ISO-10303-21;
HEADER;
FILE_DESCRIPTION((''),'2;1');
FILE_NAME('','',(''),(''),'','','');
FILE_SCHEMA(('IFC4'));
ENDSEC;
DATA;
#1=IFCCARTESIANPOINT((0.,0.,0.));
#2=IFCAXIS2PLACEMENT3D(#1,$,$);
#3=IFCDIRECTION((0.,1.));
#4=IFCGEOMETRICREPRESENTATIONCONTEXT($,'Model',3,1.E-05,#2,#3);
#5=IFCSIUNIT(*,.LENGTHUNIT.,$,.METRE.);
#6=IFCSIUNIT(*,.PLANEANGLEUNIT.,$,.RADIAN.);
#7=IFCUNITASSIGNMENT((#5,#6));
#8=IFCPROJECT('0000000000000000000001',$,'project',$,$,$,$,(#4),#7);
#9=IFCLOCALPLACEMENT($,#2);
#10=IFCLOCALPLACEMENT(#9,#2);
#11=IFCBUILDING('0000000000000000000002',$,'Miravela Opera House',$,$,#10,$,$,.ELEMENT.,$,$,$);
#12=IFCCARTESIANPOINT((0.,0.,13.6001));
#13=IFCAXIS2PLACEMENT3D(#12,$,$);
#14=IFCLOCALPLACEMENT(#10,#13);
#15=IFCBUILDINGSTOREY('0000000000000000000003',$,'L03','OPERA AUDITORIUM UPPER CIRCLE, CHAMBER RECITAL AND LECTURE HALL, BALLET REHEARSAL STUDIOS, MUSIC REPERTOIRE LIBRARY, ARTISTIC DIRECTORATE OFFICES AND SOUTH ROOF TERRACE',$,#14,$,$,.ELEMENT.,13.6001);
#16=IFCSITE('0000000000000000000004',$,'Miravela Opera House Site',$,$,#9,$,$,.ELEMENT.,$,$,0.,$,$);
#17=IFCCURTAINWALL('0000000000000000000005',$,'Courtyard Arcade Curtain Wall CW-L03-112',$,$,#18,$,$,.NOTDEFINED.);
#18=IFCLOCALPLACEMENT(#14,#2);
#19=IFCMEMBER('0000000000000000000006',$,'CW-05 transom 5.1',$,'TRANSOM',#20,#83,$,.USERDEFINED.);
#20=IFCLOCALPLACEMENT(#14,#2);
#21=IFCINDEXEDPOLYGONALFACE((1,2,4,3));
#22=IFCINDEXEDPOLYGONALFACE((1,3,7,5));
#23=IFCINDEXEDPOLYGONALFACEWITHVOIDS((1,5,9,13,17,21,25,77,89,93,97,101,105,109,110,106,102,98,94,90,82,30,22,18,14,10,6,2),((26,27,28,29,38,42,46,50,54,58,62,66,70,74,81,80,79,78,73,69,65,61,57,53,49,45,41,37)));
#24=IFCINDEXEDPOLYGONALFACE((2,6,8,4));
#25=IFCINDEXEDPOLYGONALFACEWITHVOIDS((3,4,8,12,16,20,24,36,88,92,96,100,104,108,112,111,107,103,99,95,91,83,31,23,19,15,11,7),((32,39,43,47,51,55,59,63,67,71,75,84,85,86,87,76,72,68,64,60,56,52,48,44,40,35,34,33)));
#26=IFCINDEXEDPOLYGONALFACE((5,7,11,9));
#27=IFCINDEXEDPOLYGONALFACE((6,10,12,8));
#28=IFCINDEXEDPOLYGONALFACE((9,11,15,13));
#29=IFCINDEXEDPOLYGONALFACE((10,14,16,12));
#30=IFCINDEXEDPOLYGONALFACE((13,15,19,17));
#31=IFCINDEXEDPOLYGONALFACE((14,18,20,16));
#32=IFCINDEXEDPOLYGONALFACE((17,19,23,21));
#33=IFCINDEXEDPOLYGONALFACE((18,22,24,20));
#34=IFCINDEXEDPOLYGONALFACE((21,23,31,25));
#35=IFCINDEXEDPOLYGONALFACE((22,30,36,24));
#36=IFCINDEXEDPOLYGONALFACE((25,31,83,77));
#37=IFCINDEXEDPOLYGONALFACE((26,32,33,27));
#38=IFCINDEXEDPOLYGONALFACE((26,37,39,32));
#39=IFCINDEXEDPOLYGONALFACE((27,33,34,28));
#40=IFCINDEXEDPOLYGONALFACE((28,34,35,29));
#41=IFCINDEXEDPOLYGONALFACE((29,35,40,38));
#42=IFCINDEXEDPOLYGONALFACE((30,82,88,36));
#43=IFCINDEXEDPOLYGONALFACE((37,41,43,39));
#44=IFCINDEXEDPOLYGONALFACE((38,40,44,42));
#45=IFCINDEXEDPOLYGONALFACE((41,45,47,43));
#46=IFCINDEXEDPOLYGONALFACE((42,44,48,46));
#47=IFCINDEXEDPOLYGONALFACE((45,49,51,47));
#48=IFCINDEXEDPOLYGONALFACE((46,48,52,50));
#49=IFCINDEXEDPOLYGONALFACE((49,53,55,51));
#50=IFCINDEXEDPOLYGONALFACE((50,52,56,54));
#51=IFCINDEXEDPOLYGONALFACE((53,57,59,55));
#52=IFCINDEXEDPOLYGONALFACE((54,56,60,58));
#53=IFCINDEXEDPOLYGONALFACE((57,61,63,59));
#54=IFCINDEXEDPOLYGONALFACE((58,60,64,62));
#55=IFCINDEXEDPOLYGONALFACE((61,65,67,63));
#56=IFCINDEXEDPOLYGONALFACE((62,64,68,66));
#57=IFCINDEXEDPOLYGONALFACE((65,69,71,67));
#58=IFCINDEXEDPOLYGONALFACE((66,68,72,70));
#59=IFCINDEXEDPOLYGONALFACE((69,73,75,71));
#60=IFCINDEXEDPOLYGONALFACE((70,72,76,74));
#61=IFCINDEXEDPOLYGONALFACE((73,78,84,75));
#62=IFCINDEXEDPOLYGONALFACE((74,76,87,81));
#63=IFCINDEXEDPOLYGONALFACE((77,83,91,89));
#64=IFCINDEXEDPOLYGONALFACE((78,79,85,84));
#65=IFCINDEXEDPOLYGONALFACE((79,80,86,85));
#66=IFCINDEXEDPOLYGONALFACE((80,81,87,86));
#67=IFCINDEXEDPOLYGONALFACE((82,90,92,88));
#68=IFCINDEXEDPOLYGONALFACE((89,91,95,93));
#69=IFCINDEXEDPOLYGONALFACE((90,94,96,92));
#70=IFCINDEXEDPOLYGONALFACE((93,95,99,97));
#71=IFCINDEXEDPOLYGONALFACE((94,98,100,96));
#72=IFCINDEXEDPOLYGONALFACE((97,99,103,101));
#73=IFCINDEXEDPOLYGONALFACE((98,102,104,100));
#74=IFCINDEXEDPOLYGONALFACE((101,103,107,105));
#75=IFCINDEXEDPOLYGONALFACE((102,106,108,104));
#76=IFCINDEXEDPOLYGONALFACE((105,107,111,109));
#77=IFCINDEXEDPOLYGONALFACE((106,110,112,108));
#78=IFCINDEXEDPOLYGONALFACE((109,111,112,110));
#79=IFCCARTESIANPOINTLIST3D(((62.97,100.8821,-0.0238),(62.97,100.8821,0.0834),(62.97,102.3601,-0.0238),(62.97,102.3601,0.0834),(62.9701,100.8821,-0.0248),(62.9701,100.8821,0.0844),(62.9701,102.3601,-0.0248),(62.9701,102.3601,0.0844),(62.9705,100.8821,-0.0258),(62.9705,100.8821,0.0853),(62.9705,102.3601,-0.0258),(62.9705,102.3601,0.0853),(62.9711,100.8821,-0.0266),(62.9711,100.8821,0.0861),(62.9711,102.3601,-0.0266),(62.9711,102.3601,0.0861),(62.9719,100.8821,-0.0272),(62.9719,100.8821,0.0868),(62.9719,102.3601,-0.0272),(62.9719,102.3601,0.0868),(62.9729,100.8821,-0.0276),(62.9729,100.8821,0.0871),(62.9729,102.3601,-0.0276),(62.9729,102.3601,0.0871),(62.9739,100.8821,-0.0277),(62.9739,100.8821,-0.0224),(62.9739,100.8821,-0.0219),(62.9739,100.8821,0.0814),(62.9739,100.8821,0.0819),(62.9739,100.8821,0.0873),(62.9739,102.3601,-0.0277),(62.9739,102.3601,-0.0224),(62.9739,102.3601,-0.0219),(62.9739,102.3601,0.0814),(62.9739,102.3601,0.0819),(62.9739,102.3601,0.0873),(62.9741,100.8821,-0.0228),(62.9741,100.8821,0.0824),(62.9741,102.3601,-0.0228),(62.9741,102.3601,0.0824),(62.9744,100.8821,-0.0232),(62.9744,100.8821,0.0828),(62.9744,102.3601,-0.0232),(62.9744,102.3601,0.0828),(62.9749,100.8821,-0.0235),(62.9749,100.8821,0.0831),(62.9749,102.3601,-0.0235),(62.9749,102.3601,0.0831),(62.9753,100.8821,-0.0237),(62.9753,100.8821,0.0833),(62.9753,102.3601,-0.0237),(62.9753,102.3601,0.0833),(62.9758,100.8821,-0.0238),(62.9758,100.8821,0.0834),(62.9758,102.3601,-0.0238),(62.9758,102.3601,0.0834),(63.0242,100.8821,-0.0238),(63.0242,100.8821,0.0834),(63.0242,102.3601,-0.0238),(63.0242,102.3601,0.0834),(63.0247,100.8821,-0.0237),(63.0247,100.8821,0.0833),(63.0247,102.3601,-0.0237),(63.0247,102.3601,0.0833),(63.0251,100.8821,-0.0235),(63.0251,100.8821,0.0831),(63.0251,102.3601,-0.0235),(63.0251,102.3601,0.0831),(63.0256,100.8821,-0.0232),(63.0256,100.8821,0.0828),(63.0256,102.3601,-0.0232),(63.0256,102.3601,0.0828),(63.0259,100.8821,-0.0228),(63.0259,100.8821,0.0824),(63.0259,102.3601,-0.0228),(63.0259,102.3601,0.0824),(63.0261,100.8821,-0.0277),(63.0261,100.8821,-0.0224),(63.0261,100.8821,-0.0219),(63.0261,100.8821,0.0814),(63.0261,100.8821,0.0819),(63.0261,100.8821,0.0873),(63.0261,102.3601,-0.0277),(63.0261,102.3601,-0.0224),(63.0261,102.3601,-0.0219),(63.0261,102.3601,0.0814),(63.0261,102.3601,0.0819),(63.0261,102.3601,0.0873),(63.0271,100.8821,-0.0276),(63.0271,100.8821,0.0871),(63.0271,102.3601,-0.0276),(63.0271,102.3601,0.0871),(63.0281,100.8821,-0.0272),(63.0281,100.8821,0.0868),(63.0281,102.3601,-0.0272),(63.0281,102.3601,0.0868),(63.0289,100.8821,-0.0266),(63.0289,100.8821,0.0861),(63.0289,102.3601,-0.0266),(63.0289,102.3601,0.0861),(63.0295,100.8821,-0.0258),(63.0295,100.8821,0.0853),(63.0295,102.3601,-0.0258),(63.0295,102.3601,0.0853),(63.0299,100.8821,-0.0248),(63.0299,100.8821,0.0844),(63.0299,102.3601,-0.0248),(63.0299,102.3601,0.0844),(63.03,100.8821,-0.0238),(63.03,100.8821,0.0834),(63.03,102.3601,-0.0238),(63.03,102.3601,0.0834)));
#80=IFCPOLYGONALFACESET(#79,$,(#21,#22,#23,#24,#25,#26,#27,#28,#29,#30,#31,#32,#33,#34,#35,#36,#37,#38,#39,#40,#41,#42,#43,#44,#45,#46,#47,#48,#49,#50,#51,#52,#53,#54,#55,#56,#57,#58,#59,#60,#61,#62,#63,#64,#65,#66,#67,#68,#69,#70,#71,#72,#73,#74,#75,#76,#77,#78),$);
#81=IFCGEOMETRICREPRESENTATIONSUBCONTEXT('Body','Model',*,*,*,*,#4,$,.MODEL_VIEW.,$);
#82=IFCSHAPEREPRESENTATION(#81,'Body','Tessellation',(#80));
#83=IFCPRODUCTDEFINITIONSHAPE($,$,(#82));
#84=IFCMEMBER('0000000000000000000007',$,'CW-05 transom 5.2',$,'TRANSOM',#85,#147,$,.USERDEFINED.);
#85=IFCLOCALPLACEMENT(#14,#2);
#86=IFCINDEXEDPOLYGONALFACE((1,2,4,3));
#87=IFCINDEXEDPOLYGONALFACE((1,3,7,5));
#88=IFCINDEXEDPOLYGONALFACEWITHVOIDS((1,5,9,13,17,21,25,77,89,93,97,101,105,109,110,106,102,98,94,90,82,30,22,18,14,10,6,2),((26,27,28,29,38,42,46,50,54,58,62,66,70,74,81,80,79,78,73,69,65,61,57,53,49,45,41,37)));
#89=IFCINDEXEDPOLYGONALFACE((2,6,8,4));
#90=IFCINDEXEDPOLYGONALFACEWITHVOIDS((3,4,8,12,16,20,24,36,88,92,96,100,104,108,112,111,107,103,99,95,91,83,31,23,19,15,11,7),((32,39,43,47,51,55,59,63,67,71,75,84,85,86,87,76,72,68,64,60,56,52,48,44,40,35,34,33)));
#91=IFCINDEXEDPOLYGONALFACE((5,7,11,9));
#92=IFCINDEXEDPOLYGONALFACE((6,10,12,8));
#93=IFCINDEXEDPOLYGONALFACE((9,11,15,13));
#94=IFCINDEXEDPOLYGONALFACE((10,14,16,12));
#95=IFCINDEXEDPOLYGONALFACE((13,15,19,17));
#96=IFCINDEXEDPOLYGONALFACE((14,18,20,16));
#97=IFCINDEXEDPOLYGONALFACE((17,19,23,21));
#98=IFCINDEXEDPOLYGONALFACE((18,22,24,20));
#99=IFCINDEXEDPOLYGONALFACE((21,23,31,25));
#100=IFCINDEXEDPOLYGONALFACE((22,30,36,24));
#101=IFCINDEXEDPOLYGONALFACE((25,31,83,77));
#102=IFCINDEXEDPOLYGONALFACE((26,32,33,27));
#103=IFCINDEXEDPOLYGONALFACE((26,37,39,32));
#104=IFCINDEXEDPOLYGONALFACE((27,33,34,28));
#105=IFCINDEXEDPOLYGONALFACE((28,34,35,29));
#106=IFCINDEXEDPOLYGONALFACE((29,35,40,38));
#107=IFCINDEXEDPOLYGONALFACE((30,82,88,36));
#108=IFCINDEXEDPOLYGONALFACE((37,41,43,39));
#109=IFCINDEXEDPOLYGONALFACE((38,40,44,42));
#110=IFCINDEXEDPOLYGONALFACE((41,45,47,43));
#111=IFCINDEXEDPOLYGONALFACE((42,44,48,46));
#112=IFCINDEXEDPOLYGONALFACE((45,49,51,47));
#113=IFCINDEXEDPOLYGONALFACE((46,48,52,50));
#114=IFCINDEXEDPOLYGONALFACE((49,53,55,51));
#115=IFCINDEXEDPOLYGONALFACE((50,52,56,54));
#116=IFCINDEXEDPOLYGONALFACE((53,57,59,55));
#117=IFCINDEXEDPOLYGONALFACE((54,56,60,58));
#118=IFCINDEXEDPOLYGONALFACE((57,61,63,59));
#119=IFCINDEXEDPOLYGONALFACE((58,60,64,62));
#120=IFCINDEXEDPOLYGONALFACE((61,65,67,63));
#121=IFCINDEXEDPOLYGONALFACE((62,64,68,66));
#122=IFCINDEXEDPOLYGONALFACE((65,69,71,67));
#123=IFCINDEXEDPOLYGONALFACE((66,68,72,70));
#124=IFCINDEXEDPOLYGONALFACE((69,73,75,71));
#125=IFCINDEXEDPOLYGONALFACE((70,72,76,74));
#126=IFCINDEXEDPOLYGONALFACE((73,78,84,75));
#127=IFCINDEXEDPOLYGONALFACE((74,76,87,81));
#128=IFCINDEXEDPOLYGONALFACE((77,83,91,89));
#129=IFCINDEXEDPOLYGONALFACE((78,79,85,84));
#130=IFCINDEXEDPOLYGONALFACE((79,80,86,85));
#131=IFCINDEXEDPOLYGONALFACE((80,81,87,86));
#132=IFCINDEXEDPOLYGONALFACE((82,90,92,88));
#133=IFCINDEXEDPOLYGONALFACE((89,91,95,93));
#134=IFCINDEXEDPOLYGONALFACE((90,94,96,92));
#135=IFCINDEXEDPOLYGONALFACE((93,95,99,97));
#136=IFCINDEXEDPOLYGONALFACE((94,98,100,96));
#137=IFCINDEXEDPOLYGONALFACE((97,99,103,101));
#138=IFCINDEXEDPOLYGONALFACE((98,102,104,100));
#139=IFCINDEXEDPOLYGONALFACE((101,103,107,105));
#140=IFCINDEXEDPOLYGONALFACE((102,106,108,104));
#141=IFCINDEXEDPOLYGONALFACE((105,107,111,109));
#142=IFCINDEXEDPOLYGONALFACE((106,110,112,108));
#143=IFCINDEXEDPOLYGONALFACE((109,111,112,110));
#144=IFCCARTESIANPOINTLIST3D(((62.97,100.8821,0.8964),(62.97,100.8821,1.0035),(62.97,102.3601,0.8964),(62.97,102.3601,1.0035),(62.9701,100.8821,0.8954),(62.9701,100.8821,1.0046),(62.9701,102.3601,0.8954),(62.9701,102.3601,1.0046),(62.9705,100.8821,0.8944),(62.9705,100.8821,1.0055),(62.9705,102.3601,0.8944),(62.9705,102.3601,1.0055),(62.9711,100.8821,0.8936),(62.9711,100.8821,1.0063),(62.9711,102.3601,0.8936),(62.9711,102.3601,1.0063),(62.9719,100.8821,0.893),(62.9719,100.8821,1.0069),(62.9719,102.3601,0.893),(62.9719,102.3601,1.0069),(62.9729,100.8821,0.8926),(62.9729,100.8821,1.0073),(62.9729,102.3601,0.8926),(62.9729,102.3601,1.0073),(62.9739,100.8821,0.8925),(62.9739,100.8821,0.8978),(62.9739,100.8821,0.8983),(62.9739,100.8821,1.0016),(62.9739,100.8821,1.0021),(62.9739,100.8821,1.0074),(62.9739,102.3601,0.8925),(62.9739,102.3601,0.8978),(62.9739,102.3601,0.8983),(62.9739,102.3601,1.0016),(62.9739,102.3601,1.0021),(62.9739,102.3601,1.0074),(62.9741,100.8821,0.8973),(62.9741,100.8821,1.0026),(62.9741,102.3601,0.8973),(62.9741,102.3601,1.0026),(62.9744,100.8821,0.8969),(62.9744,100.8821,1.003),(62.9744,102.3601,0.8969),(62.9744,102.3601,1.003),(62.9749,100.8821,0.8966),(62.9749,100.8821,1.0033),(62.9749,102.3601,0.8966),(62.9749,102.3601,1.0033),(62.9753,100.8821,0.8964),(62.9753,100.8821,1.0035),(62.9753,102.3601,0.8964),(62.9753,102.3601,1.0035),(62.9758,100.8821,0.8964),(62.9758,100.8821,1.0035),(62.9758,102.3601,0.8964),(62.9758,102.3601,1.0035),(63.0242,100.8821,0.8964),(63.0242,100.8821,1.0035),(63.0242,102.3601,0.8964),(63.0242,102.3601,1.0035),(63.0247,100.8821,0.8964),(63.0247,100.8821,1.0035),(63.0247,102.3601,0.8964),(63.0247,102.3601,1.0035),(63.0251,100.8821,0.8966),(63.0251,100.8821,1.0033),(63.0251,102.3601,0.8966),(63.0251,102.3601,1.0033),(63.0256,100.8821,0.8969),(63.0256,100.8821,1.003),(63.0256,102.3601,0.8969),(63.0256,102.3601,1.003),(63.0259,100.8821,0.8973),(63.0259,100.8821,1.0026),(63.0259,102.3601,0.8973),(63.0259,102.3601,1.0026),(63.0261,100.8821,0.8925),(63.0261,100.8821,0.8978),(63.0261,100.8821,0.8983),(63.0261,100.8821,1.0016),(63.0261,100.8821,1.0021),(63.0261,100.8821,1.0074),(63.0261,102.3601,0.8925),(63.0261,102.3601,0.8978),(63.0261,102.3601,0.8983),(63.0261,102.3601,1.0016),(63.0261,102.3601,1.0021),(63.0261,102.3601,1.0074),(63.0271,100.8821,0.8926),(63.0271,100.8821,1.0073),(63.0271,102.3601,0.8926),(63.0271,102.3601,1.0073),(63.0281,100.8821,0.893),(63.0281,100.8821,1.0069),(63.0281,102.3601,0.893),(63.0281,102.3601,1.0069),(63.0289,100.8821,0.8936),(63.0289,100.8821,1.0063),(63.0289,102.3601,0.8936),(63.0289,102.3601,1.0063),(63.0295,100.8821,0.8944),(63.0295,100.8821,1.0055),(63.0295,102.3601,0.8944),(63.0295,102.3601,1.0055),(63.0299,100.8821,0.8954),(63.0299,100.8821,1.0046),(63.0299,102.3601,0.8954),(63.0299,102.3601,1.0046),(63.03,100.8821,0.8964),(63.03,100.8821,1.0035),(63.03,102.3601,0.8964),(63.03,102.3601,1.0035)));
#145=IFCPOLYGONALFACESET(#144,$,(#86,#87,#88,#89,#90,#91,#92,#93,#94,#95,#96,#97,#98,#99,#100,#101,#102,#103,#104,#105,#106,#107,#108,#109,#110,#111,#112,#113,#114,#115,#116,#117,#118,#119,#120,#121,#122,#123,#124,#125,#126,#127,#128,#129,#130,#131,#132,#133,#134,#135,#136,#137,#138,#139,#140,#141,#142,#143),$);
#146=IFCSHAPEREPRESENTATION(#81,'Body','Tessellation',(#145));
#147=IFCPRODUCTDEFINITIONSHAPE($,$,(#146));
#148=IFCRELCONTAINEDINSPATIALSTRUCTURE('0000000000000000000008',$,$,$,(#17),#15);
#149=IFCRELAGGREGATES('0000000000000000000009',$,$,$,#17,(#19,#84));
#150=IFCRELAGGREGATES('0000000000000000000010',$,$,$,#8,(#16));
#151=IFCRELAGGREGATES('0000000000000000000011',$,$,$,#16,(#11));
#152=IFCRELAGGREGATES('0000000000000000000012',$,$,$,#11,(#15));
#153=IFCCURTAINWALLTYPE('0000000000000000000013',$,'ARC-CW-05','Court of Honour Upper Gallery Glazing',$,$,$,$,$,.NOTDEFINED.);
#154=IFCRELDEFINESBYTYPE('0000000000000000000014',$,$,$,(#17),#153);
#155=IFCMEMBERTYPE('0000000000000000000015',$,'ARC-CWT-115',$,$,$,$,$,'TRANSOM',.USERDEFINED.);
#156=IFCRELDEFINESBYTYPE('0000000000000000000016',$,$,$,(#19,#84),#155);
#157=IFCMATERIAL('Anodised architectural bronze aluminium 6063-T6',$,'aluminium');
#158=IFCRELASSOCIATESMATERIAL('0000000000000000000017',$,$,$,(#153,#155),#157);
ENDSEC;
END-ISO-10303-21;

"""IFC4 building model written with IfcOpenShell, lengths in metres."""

from ifc_helpers import new_model, si_unit, direction, frame, origin, origin_2d, place, context, subcontext, project, spatial, hollow_rectangle, extrude, material, material_profile, profile_set, type_object, element, aggregate, save


model = new_model("IFC4")

# Units and contexts
model_context = context("Model", 3, precision=1e-05, world=origin(), true_north=direction((0.0, 1.0)))
body_context = subcontext(model_context, "Body", "Model", "MODEL_VIEW")
ifc_project = project(units=[si_unit("LENGTHUNIT", "METRE"), si_unit("PLANEANGLEUNIT", "RADIAN")], contexts=[model_context])

# Site, building, storey
site_placement = place(None, origin())
site = spatial("IfcSite", under=ifc_project, at=site_placement, Name="Miravela Opera House Site", CompositionType="ELEMENT", RefElevation=0.0)
building_placement = place(site_placement, origin())
building = spatial("IfcBuilding", under=site, at=building_placement, Name="Miravela Opera House", CompositionType="ELEMENT")
storey_placement = place(building_placement, frame((0.0, 0.0, 13.6001)))
storey = spatial("IfcBuildingStorey", under=building, at=storey_placement, Name="L03", Description="OPERA AUDITORIUM UPPER CIRCLE, CHAMBER RECITAL AND LECTURE HALL, BALLET REHEARSAL STUDIOS, MUSIC REPERTOIRE LIBRARY, ARTISTIC DIRECTORATE OFFICES AND SOUTH ROOF TERRACE", CompositionType="ELEMENT", Elevation=13.6001)

# Curtain wall, members
ifc_material_1 = material(Name="Anodised architectural bronze aluminium 6063-T6", Category="aluminium")
curtain_wall_type = type_object("IfcCurtainWallType", Name="ARC-CW-05", Description="Court of Honour Upper Gallery Glazing", PredefinedType="NOTDEFINED", material=ifc_material_1)
curtain_wall_placement = place(storey_placement, origin())
curtain_wall = element("IfcCurtainWall", 1, at=curtain_wall_placement, inside=storey, type_object=curtain_wall_type, Name="Courtyard Arcade Curtain Wall CW-L03-112", PredefinedType="NOTDEFINED")
ifc_material_profile_1 = material_profile(ifc_material_1, hollow_rectangle(XDim=0.0601, YDim=0.115, WallThickness=0.0039, InnerFilletRadius=0.002, OuterFilletRadius=0.0039, at=origin_2d()), Name="CWT-60X115")
ifc_profile_set_1 = profile_set([ifc_material_profile_1])
member_type_1 = type_object("IfcMemberType", Name="ARC-CWT-115", ElementType="TRANSOM", PredefinedType="USERDEFINED", material=ifc_profile_set_1)
member_1_placement = place(storey_placement, frame((63.0, 100.8821, 0.0298), z_axis=(0.0, 1.0, 0.0), x_axis=(-1.0, 0.0, 0.0)))
member_1 = element("IfcMember", 2, at=member_1_placement, type_object=member_type_1, Name="CW-05 transom 5.1", ObjectType="TRANSOM", PredefinedType="USERDEFINED", context=body_context, shape_type="SweptSolid", body=[
    extrude(hollow_rectangle(XDim=0.0601, YDim=0.115, WallThickness=0.0039, InnerFilletRadius=0.002, OuterFilletRadius=0.0039, at=origin_2d()), origin(), (0.0, 0.0, 1.0), 1.478),
])
member_2_placement = place(storey_placement, frame((63.0, 100.8821, 0.95), z_axis=(0.0, 1.0, 0.0), x_axis=(-1.0, 0.0, 0.0)))
member_2 = element("IfcMember", 3, at=member_2_placement, type_object=member_type_1, Name="CW-05 transom 5.2", ObjectType="TRANSOM", PredefinedType="USERDEFINED", context=body_context, shape_type="SweptSolid", body=[
    extrude(hollow_rectangle(XDim=0.0601, YDim=0.115, WallThickness=0.0039, InnerFilletRadius=0.002, OuterFilletRadius=0.0039, at=origin_2d()), origin(), (0.0, 0.0, 1.0), 1.478),
])

aggregate(curtain_wall, [member_1, member_2])

save(model, "model.ifc")
